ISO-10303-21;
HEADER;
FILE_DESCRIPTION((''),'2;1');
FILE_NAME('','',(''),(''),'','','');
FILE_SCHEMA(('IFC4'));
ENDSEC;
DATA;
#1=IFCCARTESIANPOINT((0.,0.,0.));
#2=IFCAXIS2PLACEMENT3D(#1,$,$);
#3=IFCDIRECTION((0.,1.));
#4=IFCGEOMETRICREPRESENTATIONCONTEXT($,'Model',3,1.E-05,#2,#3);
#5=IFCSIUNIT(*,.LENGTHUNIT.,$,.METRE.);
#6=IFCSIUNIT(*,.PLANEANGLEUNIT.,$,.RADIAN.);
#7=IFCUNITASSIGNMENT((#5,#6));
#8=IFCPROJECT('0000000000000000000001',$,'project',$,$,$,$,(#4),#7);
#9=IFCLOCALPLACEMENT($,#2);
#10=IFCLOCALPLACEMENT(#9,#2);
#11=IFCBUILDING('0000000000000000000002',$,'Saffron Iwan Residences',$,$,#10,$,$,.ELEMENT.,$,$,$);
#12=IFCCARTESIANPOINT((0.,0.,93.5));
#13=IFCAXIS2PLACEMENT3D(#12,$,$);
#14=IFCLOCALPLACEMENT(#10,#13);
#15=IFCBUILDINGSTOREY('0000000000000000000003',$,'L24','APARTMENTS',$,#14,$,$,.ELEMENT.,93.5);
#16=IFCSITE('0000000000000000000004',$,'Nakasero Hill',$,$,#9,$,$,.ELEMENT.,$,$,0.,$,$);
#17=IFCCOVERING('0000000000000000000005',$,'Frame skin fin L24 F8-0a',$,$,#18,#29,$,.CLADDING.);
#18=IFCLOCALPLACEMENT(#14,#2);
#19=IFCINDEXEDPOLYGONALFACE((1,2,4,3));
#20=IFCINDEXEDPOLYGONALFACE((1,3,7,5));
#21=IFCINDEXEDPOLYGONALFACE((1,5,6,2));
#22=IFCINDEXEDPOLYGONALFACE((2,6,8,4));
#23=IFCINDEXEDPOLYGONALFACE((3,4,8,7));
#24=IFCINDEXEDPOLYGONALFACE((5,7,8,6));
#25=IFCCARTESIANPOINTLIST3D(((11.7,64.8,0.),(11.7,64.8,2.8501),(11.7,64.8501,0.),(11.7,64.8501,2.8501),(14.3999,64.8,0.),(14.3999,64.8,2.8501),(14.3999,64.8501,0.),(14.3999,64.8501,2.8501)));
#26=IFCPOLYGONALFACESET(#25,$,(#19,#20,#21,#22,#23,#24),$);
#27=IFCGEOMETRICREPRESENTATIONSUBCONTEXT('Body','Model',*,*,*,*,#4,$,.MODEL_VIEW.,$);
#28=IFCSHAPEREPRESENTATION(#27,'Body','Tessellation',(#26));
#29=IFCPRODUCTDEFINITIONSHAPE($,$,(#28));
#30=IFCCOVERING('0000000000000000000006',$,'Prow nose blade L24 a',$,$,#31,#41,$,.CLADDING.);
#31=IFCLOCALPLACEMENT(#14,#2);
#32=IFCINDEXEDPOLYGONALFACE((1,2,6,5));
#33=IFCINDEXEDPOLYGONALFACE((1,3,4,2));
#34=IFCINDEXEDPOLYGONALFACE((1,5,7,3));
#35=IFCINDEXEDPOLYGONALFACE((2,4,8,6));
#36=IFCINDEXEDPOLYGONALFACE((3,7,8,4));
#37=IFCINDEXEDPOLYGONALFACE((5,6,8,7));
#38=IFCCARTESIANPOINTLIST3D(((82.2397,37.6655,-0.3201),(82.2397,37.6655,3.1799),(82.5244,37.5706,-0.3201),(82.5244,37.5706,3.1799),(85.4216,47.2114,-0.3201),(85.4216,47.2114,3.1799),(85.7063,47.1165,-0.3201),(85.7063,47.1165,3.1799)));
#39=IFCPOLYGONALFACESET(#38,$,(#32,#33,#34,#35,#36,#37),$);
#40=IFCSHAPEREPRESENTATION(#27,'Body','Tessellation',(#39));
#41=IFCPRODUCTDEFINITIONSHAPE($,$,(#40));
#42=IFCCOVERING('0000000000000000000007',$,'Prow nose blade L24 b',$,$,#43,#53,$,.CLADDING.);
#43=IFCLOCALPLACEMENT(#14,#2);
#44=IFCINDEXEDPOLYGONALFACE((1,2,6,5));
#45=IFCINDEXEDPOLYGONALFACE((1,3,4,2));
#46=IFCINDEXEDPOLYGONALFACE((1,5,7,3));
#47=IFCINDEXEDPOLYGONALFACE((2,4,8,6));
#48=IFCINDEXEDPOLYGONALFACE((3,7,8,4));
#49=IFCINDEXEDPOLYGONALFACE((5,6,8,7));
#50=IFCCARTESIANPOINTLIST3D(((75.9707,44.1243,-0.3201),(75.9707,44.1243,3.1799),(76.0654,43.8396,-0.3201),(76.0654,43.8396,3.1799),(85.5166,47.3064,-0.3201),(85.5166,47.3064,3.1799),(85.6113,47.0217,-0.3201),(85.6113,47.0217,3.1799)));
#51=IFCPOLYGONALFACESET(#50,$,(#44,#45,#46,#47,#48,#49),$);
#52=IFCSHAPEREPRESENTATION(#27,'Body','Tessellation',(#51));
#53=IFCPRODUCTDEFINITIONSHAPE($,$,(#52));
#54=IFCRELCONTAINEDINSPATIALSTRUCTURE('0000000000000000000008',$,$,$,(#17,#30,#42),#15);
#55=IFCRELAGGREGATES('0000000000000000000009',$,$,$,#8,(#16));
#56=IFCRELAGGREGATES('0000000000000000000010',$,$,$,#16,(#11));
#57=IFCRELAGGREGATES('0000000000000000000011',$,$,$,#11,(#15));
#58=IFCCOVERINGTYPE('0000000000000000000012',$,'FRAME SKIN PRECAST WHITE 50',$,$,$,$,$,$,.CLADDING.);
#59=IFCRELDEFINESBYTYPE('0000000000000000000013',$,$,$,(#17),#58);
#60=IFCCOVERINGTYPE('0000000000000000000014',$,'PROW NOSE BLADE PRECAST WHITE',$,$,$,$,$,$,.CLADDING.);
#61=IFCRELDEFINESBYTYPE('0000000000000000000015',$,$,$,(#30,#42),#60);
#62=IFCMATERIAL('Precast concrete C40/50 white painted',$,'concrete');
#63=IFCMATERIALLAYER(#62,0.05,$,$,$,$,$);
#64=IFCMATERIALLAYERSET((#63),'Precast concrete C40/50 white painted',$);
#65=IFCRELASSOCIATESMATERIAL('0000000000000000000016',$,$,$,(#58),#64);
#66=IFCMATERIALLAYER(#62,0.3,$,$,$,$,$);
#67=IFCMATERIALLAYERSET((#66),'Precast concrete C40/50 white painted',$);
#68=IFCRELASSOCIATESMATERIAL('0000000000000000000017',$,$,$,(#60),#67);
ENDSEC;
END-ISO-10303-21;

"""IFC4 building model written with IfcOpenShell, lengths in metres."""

from ifc_helpers import new_model, si_unit, direction, frame, origin, place, context, subcontext, project, spatial, polyline, outline, extrude, material, layer, layer_set, type_object, element, save


model = new_model("IFC4")

# Units and contexts
model_context = context("Model", 3, precision=1e-05, world=origin(), true_north=direction((0.0, 1.0)))
body_context = subcontext(model_context, "Body", "Model", "MODEL_VIEW")
ifc_project = project(units=[si_unit("LENGTHUNIT", "METRE"), si_unit("PLANEANGLEUNIT", "RADIAN")], contexts=[model_context])

# Site, building, storey
site_placement = place(None, origin())
site = spatial("IfcSite", under=ifc_project, at=site_placement, Name="Nakasero Hill", CompositionType="ELEMENT", RefElevation=0.0)
building_placement = place(site_placement, origin())
building = spatial("IfcBuilding", under=site, at=building_placement, Name="Saffron Iwan Residences", CompositionType="ELEMENT")
storey_placement = place(building_placement, frame((0.0, 0.0, 93.5)))
storey = spatial("IfcBuildingStorey", under=building, at=storey_placement, Name="L24", Description="APARTMENTS", CompositionType="ELEMENT", Elevation=93.5)

# Coverings
ifc_material_1 = material(Name="Precast concrete C40/50 white painted", Category="concrete")
ifc_layer_1 = layer(ifc_material_1, 0.05)
ifc_layer_set_1 = layer_set([ifc_layer_1], Name="Precast concrete C40/50 white painted")
covering_type_1 = type_object("IfcCoveringType", Name="FRAME SKIN PRECAST WHITE 50", PredefinedType="CLADDING", material=ifc_layer_set_1)
covering_1_placement = place(storey_placement, origin())
element("IfcCovering", 1, at=covering_1_placement, inside=storey, type_object=covering_type_1, Name="Frame skin fin L24 F8-0a", PredefinedType="CLADDING", context=body_context, shape_type="SweptSolid", body=[
    extrude(outline(polyline([(11.7, 64.8501), (11.7, 64.8), (14.3999, 64.8), (14.3999, 64.8501), (11.7, 64.8501)])), origin(), (0.0, 0.0, 1.0), 2.8501),
])
ifc_layer_2 = layer(ifc_material_1, 0.3)
ifc_layer_set_2 = layer_set([ifc_layer_2], Name="Precast concrete C40/50 white painted")
covering_type_2 = type_object("IfcCoveringType", Name="PROW NOSE BLADE PRECAST WHITE", PredefinedType="CLADDING", material=ifc_layer_set_2)
covering_2_placement = place(storey_placement, frame((0.0, 0.0, -0.3201)))
element("IfcCovering", 2, at=covering_2_placement, inside=storey, type_object=covering_type_2, Name="Prow nose blade L24 a", PredefinedType="CLADDING", context=body_context, shape_type="SweptSolid", body=[
    extrude(outline(polyline([(82.5244, 37.5706), (85.7063, 47.1165), (85.4216, 47.2114), (82.2397, 37.6655), (82.5244, 37.5706)])), origin(), (0.0, 0.0, 1.0), 3.5),
])
covering_3_placement = place(storey_placement, frame((0.0, 0.0, -0.3201)))
element("IfcCovering", 3, at=covering_3_placement, inside=storey, type_object=covering_type_2, Name="Prow nose blade L24 b", PredefinedType="CLADDING", context=body_context, shape_type="SweptSolid", body=[
    extrude(outline(polyline([(76.0654, 43.8396), (85.6113, 47.0217), (85.5166, 47.3064), (75.9707, 44.1243), (76.0654, 43.8396)])), origin(), (0.0, 0.0, 1.0), 3.5),
])

save(model, "model.ifc")
